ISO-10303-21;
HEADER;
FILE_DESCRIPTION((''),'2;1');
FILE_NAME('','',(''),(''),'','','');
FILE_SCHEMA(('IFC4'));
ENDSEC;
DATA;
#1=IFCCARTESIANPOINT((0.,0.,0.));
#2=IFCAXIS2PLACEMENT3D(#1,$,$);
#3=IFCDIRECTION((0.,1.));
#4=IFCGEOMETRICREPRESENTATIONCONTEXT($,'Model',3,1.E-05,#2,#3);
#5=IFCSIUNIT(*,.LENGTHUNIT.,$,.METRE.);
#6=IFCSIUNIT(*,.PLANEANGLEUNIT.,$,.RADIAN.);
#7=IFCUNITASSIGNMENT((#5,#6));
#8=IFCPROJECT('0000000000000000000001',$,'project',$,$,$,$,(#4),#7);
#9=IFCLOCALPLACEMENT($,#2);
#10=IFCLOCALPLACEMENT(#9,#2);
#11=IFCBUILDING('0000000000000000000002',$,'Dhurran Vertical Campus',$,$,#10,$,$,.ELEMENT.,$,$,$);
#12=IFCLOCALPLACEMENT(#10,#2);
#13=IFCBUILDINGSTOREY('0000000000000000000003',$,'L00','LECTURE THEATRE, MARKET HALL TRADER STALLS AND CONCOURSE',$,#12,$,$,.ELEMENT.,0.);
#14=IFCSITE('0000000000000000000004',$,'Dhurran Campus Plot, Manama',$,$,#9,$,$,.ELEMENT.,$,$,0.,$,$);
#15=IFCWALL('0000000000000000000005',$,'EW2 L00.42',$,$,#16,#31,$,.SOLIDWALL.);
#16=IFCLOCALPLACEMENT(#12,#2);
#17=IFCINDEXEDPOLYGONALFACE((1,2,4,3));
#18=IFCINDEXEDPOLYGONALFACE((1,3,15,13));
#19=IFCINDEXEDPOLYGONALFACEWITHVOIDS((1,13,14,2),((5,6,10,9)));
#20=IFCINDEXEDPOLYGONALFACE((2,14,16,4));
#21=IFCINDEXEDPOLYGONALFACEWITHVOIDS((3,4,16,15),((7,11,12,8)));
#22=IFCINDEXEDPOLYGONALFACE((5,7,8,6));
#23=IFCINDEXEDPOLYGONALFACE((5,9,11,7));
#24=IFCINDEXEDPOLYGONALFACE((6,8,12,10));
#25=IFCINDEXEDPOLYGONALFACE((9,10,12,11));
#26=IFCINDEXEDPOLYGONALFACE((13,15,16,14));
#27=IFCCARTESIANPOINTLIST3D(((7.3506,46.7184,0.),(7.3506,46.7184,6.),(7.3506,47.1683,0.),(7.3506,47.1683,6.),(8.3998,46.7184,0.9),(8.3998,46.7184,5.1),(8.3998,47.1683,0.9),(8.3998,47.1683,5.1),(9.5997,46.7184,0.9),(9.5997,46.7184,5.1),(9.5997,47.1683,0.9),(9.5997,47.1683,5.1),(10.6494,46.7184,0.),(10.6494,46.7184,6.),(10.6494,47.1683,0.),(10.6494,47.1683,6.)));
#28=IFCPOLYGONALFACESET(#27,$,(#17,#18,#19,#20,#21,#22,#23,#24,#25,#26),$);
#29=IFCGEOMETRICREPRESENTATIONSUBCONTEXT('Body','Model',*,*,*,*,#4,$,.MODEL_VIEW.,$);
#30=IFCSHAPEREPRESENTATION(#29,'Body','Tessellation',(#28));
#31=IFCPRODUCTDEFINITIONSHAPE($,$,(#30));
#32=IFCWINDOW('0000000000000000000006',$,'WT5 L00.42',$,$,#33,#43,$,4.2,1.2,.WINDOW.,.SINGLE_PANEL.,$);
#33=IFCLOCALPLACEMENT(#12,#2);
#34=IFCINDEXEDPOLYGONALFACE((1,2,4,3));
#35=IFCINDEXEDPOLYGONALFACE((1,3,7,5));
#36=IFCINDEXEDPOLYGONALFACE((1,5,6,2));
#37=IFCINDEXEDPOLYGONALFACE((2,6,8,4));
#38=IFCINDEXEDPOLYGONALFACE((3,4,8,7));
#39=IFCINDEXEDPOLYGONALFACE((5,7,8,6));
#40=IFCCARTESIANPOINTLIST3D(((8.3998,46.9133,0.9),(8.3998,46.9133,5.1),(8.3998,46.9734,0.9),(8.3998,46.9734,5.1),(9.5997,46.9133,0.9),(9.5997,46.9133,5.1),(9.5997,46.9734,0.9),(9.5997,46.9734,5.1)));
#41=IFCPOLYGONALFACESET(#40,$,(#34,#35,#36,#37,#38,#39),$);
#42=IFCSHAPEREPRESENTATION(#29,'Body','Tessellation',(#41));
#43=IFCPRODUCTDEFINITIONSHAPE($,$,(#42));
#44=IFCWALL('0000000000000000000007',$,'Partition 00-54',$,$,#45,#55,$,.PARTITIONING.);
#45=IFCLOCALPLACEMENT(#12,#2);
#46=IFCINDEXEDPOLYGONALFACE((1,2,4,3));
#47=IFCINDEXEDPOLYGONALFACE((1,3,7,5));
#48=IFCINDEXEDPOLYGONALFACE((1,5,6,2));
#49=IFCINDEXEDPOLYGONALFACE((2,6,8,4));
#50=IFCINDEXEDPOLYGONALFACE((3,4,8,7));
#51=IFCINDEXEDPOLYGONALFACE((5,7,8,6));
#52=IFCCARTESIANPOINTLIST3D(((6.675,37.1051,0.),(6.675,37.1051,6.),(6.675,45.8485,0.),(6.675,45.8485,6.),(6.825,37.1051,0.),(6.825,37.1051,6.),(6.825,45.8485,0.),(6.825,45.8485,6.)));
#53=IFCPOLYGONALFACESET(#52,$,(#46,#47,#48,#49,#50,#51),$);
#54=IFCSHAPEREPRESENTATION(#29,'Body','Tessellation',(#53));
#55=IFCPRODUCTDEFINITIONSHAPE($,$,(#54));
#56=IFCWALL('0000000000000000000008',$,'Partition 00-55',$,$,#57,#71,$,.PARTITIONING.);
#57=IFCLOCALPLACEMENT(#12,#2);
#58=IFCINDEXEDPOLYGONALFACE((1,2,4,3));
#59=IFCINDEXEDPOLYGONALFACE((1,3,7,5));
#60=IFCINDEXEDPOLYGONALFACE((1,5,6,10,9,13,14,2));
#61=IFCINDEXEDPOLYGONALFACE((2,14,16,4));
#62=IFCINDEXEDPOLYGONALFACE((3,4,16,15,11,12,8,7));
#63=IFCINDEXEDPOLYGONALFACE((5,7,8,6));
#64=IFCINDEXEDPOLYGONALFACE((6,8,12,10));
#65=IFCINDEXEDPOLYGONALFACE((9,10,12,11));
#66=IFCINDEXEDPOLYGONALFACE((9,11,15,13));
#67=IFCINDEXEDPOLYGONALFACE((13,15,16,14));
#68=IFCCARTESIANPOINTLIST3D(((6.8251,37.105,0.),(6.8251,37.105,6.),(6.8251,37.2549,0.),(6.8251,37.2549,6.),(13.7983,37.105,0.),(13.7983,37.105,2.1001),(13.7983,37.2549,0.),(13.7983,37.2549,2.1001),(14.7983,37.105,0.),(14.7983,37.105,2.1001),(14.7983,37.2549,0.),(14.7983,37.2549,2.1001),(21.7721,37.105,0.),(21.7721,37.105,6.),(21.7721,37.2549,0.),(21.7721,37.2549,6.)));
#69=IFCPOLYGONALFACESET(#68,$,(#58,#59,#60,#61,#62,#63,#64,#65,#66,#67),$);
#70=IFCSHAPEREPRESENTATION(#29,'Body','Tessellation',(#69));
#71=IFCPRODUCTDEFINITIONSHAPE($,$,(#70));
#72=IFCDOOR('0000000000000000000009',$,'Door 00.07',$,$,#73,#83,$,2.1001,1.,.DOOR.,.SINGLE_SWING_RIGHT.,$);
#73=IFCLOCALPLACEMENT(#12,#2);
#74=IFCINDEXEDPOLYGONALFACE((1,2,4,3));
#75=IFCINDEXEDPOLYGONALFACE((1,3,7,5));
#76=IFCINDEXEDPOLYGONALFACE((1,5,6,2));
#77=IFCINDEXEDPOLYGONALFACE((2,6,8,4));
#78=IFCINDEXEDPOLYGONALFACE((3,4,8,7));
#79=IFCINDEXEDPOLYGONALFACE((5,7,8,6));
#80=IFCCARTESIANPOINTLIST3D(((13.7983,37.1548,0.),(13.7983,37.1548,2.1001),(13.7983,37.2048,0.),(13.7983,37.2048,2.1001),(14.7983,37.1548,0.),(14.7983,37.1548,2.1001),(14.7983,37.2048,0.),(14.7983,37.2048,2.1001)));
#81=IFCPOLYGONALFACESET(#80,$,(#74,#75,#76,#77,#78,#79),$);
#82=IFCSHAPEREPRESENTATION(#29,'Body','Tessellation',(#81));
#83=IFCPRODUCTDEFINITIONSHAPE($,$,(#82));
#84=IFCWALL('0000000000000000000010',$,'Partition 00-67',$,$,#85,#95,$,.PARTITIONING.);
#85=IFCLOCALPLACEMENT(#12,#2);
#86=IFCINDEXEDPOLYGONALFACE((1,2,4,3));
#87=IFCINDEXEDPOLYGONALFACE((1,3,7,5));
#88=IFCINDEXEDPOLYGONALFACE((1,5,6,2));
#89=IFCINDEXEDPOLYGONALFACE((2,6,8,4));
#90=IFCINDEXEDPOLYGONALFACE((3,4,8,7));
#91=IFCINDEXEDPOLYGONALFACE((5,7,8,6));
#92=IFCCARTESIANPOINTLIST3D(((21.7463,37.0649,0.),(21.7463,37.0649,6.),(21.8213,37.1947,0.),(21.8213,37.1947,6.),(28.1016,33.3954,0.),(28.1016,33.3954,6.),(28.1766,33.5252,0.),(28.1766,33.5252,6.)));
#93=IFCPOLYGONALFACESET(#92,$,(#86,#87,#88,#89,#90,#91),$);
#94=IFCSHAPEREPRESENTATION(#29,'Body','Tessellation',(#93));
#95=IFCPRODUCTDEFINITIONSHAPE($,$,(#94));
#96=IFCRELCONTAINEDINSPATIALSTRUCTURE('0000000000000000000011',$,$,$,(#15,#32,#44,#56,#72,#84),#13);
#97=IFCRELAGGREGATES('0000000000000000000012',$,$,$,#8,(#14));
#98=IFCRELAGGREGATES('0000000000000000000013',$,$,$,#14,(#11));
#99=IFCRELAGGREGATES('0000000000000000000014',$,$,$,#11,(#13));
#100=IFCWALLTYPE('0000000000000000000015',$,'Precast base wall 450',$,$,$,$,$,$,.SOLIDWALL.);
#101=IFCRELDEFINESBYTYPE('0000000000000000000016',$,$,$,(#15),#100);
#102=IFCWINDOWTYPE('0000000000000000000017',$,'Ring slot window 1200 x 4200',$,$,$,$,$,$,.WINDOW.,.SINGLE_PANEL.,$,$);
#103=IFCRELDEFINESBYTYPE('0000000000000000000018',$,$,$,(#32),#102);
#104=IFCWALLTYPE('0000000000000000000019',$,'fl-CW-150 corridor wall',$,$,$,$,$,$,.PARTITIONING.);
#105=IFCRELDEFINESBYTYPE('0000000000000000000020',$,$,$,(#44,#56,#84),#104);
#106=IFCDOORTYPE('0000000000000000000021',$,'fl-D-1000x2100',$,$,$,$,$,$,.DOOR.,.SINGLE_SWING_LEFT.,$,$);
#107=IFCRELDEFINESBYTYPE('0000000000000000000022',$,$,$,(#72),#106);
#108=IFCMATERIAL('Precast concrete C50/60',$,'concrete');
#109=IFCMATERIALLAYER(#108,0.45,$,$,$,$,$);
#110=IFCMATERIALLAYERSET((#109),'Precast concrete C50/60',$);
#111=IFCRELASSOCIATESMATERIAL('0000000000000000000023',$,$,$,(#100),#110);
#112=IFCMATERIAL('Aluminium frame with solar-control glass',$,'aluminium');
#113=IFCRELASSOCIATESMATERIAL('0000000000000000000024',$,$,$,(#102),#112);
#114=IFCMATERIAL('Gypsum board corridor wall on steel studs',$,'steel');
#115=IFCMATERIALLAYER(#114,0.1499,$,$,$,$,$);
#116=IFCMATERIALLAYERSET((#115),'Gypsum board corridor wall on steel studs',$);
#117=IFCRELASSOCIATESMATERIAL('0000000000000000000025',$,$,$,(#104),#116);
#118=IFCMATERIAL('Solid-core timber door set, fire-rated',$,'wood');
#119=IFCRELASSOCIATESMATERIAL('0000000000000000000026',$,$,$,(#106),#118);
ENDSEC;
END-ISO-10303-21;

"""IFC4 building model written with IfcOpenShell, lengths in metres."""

from ifc_helpers import new_model, si_unit, direction, frame, frame_2d, origin, place, context, subcontext, project, spatial, rectangle, extrude, material, layer, layer_set, type_object, element, fill, save


model = new_model("IFC4")

# Units and contexts
model_context = context("Model", 3, precision=1e-05, world=origin(), true_north=direction((0.0, 1.0)))
body_context = subcontext(model_context, "Body", "Model", "MODEL_VIEW")
ifc_project = project(units=[si_unit("LENGTHUNIT", "METRE"), si_unit("PLANEANGLEUNIT", "RADIAN")], contexts=[model_context])

# Site, building, storey
site_placement = place(None, origin())
site = spatial("IfcSite", under=ifc_project, at=site_placement, Name="Dhurran Campus Plot, Manama", CompositionType="ELEMENT", RefElevation=0.0)
building_placement = place(site_placement, origin())
building = spatial("IfcBuilding", under=site, at=building_placement, Name="Dhurran Vertical Campus", CompositionType="ELEMENT")
storey_placement = place(building_placement, origin())
storey = spatial("IfcBuildingStorey", under=building, at=storey_placement, Name="L00", Description="LECTURE THEATRE, MARKET HALL TRADER STALLS AND CONCOURSE", CompositionType="ELEMENT", Elevation=0.0)

# Wall, opening, window
ifc_material_1 = material(Name="Precast concrete C50/60", Category="concrete")
ifc_layer_1 = layer(ifc_material_1, 0.45)
ifc_layer_set_1 = layer_set([ifc_layer_1], Name="Precast concrete C50/60")
wall_type_1 = type_object("IfcWallType", Name="Precast base wall 450", PredefinedType="SOLIDWALL", material=ifc_layer_set_1)
ifc_material_2 = material(Name="Aluminium frame with solar-control glass", Category="aluminium")
window_type = type_object("IfcWindowType", Name="Ring slot window 1200 x 4200", PartitioningType="SINGLE_PANEL", PredefinedType="WINDOW", material=ifc_material_2)
wall_1_placement = place(storey_placement, frame((10.6494, 46.9434, 0.0), z_axis=(0.0, 0.0, 1.0), x_axis=(-1.0, 0.0, 0.0)))
wall_1 = element("IfcWall", 1, at=wall_1_placement, inside=storey, type_object=wall_type_1, Name="EW2 L00.42", PredefinedType="SOLIDWALL", context=body_context, shape_type="SweptSolid", body=[
    extrude(rectangle(XDim=3.2988, YDim=0.45, at=frame_2d((1.6494, 0.0))), origin(), (0.0, 0.0, 1.0), 6.0),
])
opening_1_placement = place(wall_1_placement, frame((1.0496, 0.0, 0.8999)))
opening_1 = element("IfcOpeningElement", 2, at=opening_1_placement, cuts=wall_1, PredefinedType="OPENING", context=body_context, shape_type="SweptSolid", body=[
    extrude(rectangle(XDim=1.2, YDim=4.2, at=frame_2d((0.6001, 2.1001))), frame((0.0, 0.2349, 0.0), z_axis=(0.0, -1.0, 0.0), x_axis=(1.0, 0.0, 0.0)), (0.0, 0.0, 1.0), 0.47),
])
window_1_placement = place(opening_1_placement, origin())
window_1 = element("IfcWindow", 3, at=window_1_placement, inside=storey, type_object=window_type, Name="WT5 L00.42", OverallHeight=4.2, OverallWidth=1.2, PartitioningType="SINGLE_PANEL", PredefinedType="WINDOW", context=body_context, shape_type="SweptSolid", body=[
    extrude(rectangle(XDim=1.2, YDim=4.2, at=frame_2d((0.6001, 2.1001))), frame((0.0, 0.03, 0.0), z_axis=(0.0, -1.0, 0.0), x_axis=(1.0, 0.0, 0.0)), (0.0, 0.0, 1.0), 0.0601),
])
fill(opening_1, window_1)

# Wall
ifc_material_3 = material(Name="Gypsum board corridor wall on steel studs", Category="steel")
ifc_layer_2 = layer(ifc_material_3, 0.1499)
ifc_layer_set_2 = layer_set([ifc_layer_2], Name="Gypsum board corridor wall on steel studs")
wall_type_2 = type_object("IfcWallType", Name="fl-CW-150 corridor wall", PredefinedType="PARTITIONING", material=ifc_layer_set_2)
wall_2_placement = place(storey_placement, frame((6.75, 45.8484, 0.0), z_axis=(0.0, 0.0, 1.0), x_axis=(0.0, -1.0, 0.0)))
element("IfcWall", 4, at=wall_2_placement, inside=storey, type_object=wall_type_2, Name="Partition 00-54", PredefinedType="PARTITIONING", context=body_context, shape_type="SweptSolid", body=[
    extrude(rectangle(XDim=8.7434, YDim=0.1499, at=frame_2d((4.3716, 0.0))), origin(), (0.0, 0.0, 1.0), 6.0),
])

# Wall, opening, door
wall_3_placement = place(storey_placement, frame((6.825, 37.1799, 0.0), z_axis=(0.0, 0.0, 1.0), x_axis=(1.0, 0.0, 0.0)))
wall_3 = element("IfcWall", 5, at=wall_3_placement, inside=storey, type_object=wall_type_2, Name="Partition 00-55", PredefinedType="PARTITIONING", context=body_context, shape_type="SweptSolid", body=[
    extrude(rectangle(XDim=14.947, YDim=0.1499, at=frame_2d((7.4736, 0.0))), origin(), (0.0, 0.0, 1.0), 6.0),
])
opening_2_placement = place(wall_3_placement, frame((6.9734, 0.0, 0.0)))
opening_2 = element("IfcOpeningElement", 6, at=opening_2_placement, cuts=wall_3, PredefinedType="OPENING", context=body_context, shape_type="SweptSolid", body=[
    extrude(rectangle(XDim=1.0, YDim=2.1001, at=frame_2d((0.5, 1.05))), frame((0.0, 0.085, 0.0), z_axis=(0.0, -1.0, 0.0), x_axis=(1.0, 0.0, 0.0)), (0.0, 0.0, 1.0), 0.1699),
])
ifc_material_4 = material(Name="Solid-core timber door set, fire-rated", Category="wood")
door_type = type_object("IfcDoorType", Name="fl-D-1000x2100", OperationType="SINGLE_SWING_LEFT", PredefinedType="DOOR", material=ifc_material_4)
door_placement = place(opening_2_placement, origin())
door = element("IfcDoor", 7, at=door_placement, inside=storey, type_object=door_type, Name="Door 00.07", OperationType="SINGLE_SWING_RIGHT", OverallHeight=2.1001, OverallWidth=1.0, PredefinedType="DOOR", context=body_context, shape_type="SweptSolid", body=[
    extrude(rectangle(XDim=1.0, YDim=2.1001, at=frame_2d((0.5, 1.05))), frame((0.0, 0.0249, 0.0), z_axis=(0.0, -1.0, 0.0), x_axis=(1.0, 0.0, 0.0)), (0.0, 0.0, 1.0), 0.05),
])
fill(opening_2, door)

# Wall
wall_4_placement = place(storey_placement, frame((21.7837, 37.1299, 0.0), z_axis=(0.0, 0.0, 1.0), x_axis=(0.866011, -0.500025, 0.0)))
element("IfcWall", 8, at=wall_4_placement, inside=storey, type_object=wall_type_2, Name="Partition 00-67", PredefinedType="PARTITIONING", context=body_context, shape_type="SweptSolid", body=[
    extrude(rectangle(XDim=7.3386, YDim=0.1499, at=frame_2d((3.6694, 0.0))), origin(), (0.0, 0.0, 1.0), 6.0),
])

save(model, "model.ifc")
